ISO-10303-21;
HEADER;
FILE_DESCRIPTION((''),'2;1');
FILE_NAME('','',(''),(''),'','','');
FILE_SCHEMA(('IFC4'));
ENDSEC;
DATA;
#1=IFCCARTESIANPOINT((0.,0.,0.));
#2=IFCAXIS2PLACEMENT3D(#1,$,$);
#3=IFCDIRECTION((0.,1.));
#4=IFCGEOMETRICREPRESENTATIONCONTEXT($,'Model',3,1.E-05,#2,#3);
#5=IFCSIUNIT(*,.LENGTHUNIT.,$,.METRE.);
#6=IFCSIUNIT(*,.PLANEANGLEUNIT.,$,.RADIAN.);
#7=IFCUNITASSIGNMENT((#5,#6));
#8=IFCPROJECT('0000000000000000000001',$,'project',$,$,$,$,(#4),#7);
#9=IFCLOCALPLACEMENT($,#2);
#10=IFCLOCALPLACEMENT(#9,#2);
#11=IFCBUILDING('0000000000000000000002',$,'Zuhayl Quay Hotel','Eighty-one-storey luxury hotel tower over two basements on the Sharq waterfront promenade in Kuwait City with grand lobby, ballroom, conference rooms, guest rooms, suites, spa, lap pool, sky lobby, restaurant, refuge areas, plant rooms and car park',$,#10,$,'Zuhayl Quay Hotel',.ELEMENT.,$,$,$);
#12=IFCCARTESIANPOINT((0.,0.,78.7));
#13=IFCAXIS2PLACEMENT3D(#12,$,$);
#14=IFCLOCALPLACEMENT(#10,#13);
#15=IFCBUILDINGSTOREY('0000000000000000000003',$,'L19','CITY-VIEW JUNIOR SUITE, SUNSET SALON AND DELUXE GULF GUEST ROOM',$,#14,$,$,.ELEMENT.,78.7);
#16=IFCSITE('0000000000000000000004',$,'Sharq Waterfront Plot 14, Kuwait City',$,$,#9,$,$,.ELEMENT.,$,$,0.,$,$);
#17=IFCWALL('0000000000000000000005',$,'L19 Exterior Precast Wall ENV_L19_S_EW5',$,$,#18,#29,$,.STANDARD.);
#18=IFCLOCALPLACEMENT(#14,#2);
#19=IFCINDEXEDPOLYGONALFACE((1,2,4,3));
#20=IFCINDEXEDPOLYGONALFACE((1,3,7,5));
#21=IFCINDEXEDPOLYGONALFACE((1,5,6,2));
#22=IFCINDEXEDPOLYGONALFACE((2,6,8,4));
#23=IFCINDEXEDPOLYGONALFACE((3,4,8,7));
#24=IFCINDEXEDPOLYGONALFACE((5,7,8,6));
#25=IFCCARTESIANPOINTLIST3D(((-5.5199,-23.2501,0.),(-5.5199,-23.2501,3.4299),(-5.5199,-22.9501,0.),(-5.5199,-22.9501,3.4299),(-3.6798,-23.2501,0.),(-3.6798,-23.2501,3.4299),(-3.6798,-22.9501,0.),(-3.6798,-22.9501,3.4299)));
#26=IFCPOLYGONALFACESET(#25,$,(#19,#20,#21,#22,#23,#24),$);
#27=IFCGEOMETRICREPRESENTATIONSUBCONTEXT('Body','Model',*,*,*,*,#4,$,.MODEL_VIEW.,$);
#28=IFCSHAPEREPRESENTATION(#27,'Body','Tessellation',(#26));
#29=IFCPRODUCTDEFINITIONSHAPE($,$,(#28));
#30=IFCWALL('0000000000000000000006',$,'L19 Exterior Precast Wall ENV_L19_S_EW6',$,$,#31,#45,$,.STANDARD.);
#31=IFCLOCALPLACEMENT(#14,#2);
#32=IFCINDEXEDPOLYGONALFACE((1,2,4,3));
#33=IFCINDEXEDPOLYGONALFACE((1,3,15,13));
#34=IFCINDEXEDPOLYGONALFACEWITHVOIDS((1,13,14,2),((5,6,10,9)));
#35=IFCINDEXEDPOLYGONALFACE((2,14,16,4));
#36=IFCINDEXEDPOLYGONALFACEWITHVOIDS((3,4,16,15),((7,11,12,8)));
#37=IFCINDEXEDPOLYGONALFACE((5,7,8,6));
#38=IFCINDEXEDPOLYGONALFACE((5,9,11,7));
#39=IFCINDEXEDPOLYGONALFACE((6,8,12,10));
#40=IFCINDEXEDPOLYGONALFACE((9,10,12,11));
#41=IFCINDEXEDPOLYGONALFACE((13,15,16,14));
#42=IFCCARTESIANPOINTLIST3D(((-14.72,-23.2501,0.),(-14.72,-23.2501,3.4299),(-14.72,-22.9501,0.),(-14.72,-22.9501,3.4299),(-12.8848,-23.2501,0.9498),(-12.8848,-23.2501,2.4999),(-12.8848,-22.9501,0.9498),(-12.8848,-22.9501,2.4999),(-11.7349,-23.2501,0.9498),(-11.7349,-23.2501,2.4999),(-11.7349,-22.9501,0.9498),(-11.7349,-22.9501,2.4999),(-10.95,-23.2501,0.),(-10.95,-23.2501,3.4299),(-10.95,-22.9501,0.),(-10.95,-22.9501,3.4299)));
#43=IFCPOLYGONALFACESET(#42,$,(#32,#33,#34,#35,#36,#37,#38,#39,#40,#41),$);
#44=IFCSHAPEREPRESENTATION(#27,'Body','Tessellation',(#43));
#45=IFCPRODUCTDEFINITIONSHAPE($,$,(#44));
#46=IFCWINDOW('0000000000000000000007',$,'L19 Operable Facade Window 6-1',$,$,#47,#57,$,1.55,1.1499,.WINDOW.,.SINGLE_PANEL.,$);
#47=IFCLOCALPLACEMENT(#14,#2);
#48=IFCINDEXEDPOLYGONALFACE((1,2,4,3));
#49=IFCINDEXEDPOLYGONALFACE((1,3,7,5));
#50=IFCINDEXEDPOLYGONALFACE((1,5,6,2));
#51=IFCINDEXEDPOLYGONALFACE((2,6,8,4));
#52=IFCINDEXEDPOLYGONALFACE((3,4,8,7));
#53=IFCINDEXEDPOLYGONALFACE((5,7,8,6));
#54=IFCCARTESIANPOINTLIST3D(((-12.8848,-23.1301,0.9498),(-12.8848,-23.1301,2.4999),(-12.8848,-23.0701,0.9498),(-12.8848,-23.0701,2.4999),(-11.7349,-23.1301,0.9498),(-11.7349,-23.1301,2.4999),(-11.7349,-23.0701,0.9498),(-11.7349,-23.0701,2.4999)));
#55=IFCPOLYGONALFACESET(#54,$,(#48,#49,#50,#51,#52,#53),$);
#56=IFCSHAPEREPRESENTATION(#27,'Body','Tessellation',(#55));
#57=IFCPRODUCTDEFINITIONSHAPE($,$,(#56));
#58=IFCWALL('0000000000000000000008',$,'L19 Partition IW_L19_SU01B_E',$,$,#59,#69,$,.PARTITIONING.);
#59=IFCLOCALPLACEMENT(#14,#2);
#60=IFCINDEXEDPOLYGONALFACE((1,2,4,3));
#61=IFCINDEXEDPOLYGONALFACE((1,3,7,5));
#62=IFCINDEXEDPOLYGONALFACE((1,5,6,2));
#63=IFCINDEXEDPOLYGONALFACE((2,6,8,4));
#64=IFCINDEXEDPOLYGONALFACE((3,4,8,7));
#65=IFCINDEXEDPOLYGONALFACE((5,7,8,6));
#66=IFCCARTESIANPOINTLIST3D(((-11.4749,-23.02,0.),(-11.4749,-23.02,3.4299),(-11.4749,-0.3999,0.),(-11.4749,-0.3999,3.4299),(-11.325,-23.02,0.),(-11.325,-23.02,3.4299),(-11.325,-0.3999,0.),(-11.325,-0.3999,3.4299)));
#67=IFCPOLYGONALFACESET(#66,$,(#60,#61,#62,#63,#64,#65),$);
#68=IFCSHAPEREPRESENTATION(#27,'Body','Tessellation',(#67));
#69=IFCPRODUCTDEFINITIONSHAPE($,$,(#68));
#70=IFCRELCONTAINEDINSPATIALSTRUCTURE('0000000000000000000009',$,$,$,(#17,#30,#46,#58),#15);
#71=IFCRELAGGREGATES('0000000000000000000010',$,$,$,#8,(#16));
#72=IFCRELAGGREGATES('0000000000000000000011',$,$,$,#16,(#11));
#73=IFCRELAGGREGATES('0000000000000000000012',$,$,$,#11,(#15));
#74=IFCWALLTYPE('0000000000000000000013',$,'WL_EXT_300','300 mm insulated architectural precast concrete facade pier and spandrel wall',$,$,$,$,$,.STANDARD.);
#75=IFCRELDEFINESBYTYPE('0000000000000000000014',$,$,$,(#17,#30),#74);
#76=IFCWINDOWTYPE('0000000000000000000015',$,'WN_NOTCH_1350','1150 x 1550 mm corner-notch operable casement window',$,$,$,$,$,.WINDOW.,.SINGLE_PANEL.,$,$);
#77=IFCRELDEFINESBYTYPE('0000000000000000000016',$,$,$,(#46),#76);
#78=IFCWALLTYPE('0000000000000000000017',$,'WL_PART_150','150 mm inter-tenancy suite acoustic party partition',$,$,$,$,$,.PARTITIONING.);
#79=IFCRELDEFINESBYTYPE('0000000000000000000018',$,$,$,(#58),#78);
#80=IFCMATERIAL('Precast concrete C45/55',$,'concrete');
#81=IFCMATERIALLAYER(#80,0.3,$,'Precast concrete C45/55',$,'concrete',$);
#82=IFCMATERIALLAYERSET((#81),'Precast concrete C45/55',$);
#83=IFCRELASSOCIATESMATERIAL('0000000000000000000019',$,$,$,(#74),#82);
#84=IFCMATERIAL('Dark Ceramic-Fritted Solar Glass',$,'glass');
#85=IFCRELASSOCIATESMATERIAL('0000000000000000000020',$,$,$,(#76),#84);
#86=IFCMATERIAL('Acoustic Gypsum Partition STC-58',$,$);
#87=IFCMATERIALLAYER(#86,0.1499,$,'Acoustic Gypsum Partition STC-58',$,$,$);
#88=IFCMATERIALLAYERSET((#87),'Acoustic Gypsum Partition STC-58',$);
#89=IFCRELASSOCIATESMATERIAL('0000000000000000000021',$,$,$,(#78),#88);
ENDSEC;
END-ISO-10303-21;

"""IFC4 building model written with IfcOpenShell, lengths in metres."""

from ifc_helpers import new_model, si_unit, direction, frame, frame_2d, origin, place, context, subcontext, project, spatial, rectangle, extrude, material, layer, layer_set, type_object, element, fill, save


model = new_model("IFC4")

# Units and contexts
model_context = context("Model", 3, precision=1e-05, world=origin(), true_north=direction((0.0, 1.0)))
body_context = subcontext(model_context, "Body", "Model", "MODEL_VIEW")
ifc_project = project(units=[si_unit("LENGTHUNIT", "METRE"), si_unit("PLANEANGLEUNIT", "RADIAN")], contexts=[model_context])

# Site, building, storey
site_placement = place(None, origin())
site = spatial("IfcSite", under=ifc_project, at=site_placement, Name="Sharq Waterfront Plot 14, Kuwait City", CompositionType="ELEMENT", RefElevation=0.0)
building_placement = place(site_placement, origin())
building = spatial("IfcBuilding", under=site, at=building_placement, Name="Zuhayl Quay Hotel", Description="Eighty-one-storey luxury hotel tower over two basements on the Sharq waterfront promenade in Kuwait City with grand lobby, ballroom, conference rooms, guest rooms, suites, spa, lap pool, sky lobby, restaurant, refuge areas, plant rooms and car park", LongName="Zuhayl Quay Hotel", CompositionType="ELEMENT")
storey_placement = place(building_placement, frame((0.0, 0.0, 78.7)))
storey = spatial("IfcBuildingStorey", under=building, at=storey_placement, Name="L19", Description="CITY-VIEW JUNIOR SUITE, SUNSET SALON AND DELUXE GULF GUEST ROOM", CompositionType="ELEMENT", Elevation=78.7)

# Shared definitions
ifc_material_1 = material(Name="Dark Ceramic-Fritted Solar Glass", Category="glass")

# Wall
ifc_material_2 = material(Name="Precast concrete C45/55", Category="concrete")
ifc_layer_1 = layer(ifc_material_2, 0.3, Name="Precast concrete C45/55", Category="concrete")
ifc_layer_set_1 = layer_set([ifc_layer_1], Name="Precast concrete C45/55")
wall_type_1 = type_object("IfcWallType", Name="WL_EXT_300", Description="300 mm insulated architectural precast concrete facade pier and spandrel wall", PredefinedType="STANDARD", material=ifc_layer_set_1)
wall_1_placement = place(storey_placement, frame((-3.6799, -23.1001, 0.0), z_axis=(0.0, 0.0, 1.0), x_axis=(-1.0, 0.0, 0.0)))
element("IfcWall", 1, at=wall_1_placement, inside=storey, type_object=wall_type_1, Name="L19 Exterior Precast Wall ENV_L19_S_EW5", PredefinedType="STANDARD", context=body_context, shape_type="SweptSolid", body=[
    extrude(rectangle(XDim=1.8401, YDim=0.3, at=frame_2d((0.9199, 0.0))), origin(), (0.0, 0.0, 1.0), 3.4299),
])

# Wall, opening, window
wall_2_placement = place(storey_placement, frame((-10.95, -23.1001, 0.0), z_axis=(0.0, 0.0, 1.0), x_axis=(-1.0, 0.0, 0.0)))
wall_2 = element("IfcWall", 2, at=wall_2_placement, inside=storey, type_object=wall_type_1, Name="L19 Exterior Precast Wall ENV_L19_S_EW6", PredefinedType="STANDARD", context=body_context, shape_type="SweptSolid", body=[
    extrude(rectangle(XDim=3.77, YDim=0.3, at=frame_2d((1.885, 0.0))), origin(), (0.0, 0.0, 1.0), 3.4299),
])
opening_placement = place(wall_2_placement, frame((0.7849, 0.0, 0.95)))
opening = element("IfcOpeningElement", 3, at=opening_placement, cuts=wall_2, PredefinedType="OPENING", context=body_context, shape_type="SweptSolid", body=[
    extrude(rectangle(XDim=1.1499, YDim=1.55, at=frame_2d((0.575, 0.7749))), frame((0.0, 0.1599, 0.0), z_axis=(0.0, -1.0, 0.0), x_axis=(1.0, 0.0, 0.0)), (0.0, 0.0, 1.0), 0.3201),
])
window_type = type_object("IfcWindowType", Name="WN_NOTCH_1350", Description="1150 x 1550 mm corner-notch operable casement window", PartitioningType="SINGLE_PANEL", PredefinedType="WINDOW", material=ifc_material_1)
window_placement = place(opening_placement, origin())
window = element("IfcWindow", 4, at=window_placement, inside=storey, type_object=window_type, Name="L19 Operable Facade Window 6-1", OverallHeight=1.55, OverallWidth=1.1499, PartitioningType="SINGLE_PANEL", PredefinedType="WINDOW", context=body_context, shape_type="SweptSolid", body=[
    extrude(rectangle(XDim=1.1499, YDim=1.55, at=frame_2d((0.575, 0.7749))), frame((0.0, 0.03, 0.0), z_axis=(0.0, -1.0, 0.0), x_axis=(1.0, 0.0, 0.0)), (0.0, 0.0, 1.0), 0.0601),
])
fill(opening, window)

# Wall
ifc_material_3 = material(Name="Acoustic Gypsum Partition STC-58")
ifc_layer_2 = layer(ifc_material_3, 0.1499, Name="Acoustic Gypsum Partition STC-58")
ifc_layer_set_2 = layer_set([ifc_layer_2], Name="Acoustic Gypsum Partition STC-58")
wall_type_2 = type_object("IfcWallType", Name="WL_PART_150", Description="150 mm inter-tenancy suite acoustic party partition", PredefinedType="PARTITIONING", material=ifc_layer_set_2)
wall_3_placement = place(storey_placement, frame((-11.3999, -23.02, 0.0), z_axis=(0.0, 0.0, 1.0), x_axis=(0.0, 1.0, 0.0)))
element("IfcWall", 5, at=wall_3_placement, inside=storey, type_object=wall_type_2, Name="L19 Partition IW_L19_SU01B_E", PredefinedType="PARTITIONING", context=body_context, shape_type="SweptSolid", body=[
    extrude(rectangle(XDim=22.6201, YDim=0.1499, at=frame_2d((11.3101, 0.0))), origin(), (0.0, 0.0, 1.0), 3.4299),
])

save(model, "model.ifc")
